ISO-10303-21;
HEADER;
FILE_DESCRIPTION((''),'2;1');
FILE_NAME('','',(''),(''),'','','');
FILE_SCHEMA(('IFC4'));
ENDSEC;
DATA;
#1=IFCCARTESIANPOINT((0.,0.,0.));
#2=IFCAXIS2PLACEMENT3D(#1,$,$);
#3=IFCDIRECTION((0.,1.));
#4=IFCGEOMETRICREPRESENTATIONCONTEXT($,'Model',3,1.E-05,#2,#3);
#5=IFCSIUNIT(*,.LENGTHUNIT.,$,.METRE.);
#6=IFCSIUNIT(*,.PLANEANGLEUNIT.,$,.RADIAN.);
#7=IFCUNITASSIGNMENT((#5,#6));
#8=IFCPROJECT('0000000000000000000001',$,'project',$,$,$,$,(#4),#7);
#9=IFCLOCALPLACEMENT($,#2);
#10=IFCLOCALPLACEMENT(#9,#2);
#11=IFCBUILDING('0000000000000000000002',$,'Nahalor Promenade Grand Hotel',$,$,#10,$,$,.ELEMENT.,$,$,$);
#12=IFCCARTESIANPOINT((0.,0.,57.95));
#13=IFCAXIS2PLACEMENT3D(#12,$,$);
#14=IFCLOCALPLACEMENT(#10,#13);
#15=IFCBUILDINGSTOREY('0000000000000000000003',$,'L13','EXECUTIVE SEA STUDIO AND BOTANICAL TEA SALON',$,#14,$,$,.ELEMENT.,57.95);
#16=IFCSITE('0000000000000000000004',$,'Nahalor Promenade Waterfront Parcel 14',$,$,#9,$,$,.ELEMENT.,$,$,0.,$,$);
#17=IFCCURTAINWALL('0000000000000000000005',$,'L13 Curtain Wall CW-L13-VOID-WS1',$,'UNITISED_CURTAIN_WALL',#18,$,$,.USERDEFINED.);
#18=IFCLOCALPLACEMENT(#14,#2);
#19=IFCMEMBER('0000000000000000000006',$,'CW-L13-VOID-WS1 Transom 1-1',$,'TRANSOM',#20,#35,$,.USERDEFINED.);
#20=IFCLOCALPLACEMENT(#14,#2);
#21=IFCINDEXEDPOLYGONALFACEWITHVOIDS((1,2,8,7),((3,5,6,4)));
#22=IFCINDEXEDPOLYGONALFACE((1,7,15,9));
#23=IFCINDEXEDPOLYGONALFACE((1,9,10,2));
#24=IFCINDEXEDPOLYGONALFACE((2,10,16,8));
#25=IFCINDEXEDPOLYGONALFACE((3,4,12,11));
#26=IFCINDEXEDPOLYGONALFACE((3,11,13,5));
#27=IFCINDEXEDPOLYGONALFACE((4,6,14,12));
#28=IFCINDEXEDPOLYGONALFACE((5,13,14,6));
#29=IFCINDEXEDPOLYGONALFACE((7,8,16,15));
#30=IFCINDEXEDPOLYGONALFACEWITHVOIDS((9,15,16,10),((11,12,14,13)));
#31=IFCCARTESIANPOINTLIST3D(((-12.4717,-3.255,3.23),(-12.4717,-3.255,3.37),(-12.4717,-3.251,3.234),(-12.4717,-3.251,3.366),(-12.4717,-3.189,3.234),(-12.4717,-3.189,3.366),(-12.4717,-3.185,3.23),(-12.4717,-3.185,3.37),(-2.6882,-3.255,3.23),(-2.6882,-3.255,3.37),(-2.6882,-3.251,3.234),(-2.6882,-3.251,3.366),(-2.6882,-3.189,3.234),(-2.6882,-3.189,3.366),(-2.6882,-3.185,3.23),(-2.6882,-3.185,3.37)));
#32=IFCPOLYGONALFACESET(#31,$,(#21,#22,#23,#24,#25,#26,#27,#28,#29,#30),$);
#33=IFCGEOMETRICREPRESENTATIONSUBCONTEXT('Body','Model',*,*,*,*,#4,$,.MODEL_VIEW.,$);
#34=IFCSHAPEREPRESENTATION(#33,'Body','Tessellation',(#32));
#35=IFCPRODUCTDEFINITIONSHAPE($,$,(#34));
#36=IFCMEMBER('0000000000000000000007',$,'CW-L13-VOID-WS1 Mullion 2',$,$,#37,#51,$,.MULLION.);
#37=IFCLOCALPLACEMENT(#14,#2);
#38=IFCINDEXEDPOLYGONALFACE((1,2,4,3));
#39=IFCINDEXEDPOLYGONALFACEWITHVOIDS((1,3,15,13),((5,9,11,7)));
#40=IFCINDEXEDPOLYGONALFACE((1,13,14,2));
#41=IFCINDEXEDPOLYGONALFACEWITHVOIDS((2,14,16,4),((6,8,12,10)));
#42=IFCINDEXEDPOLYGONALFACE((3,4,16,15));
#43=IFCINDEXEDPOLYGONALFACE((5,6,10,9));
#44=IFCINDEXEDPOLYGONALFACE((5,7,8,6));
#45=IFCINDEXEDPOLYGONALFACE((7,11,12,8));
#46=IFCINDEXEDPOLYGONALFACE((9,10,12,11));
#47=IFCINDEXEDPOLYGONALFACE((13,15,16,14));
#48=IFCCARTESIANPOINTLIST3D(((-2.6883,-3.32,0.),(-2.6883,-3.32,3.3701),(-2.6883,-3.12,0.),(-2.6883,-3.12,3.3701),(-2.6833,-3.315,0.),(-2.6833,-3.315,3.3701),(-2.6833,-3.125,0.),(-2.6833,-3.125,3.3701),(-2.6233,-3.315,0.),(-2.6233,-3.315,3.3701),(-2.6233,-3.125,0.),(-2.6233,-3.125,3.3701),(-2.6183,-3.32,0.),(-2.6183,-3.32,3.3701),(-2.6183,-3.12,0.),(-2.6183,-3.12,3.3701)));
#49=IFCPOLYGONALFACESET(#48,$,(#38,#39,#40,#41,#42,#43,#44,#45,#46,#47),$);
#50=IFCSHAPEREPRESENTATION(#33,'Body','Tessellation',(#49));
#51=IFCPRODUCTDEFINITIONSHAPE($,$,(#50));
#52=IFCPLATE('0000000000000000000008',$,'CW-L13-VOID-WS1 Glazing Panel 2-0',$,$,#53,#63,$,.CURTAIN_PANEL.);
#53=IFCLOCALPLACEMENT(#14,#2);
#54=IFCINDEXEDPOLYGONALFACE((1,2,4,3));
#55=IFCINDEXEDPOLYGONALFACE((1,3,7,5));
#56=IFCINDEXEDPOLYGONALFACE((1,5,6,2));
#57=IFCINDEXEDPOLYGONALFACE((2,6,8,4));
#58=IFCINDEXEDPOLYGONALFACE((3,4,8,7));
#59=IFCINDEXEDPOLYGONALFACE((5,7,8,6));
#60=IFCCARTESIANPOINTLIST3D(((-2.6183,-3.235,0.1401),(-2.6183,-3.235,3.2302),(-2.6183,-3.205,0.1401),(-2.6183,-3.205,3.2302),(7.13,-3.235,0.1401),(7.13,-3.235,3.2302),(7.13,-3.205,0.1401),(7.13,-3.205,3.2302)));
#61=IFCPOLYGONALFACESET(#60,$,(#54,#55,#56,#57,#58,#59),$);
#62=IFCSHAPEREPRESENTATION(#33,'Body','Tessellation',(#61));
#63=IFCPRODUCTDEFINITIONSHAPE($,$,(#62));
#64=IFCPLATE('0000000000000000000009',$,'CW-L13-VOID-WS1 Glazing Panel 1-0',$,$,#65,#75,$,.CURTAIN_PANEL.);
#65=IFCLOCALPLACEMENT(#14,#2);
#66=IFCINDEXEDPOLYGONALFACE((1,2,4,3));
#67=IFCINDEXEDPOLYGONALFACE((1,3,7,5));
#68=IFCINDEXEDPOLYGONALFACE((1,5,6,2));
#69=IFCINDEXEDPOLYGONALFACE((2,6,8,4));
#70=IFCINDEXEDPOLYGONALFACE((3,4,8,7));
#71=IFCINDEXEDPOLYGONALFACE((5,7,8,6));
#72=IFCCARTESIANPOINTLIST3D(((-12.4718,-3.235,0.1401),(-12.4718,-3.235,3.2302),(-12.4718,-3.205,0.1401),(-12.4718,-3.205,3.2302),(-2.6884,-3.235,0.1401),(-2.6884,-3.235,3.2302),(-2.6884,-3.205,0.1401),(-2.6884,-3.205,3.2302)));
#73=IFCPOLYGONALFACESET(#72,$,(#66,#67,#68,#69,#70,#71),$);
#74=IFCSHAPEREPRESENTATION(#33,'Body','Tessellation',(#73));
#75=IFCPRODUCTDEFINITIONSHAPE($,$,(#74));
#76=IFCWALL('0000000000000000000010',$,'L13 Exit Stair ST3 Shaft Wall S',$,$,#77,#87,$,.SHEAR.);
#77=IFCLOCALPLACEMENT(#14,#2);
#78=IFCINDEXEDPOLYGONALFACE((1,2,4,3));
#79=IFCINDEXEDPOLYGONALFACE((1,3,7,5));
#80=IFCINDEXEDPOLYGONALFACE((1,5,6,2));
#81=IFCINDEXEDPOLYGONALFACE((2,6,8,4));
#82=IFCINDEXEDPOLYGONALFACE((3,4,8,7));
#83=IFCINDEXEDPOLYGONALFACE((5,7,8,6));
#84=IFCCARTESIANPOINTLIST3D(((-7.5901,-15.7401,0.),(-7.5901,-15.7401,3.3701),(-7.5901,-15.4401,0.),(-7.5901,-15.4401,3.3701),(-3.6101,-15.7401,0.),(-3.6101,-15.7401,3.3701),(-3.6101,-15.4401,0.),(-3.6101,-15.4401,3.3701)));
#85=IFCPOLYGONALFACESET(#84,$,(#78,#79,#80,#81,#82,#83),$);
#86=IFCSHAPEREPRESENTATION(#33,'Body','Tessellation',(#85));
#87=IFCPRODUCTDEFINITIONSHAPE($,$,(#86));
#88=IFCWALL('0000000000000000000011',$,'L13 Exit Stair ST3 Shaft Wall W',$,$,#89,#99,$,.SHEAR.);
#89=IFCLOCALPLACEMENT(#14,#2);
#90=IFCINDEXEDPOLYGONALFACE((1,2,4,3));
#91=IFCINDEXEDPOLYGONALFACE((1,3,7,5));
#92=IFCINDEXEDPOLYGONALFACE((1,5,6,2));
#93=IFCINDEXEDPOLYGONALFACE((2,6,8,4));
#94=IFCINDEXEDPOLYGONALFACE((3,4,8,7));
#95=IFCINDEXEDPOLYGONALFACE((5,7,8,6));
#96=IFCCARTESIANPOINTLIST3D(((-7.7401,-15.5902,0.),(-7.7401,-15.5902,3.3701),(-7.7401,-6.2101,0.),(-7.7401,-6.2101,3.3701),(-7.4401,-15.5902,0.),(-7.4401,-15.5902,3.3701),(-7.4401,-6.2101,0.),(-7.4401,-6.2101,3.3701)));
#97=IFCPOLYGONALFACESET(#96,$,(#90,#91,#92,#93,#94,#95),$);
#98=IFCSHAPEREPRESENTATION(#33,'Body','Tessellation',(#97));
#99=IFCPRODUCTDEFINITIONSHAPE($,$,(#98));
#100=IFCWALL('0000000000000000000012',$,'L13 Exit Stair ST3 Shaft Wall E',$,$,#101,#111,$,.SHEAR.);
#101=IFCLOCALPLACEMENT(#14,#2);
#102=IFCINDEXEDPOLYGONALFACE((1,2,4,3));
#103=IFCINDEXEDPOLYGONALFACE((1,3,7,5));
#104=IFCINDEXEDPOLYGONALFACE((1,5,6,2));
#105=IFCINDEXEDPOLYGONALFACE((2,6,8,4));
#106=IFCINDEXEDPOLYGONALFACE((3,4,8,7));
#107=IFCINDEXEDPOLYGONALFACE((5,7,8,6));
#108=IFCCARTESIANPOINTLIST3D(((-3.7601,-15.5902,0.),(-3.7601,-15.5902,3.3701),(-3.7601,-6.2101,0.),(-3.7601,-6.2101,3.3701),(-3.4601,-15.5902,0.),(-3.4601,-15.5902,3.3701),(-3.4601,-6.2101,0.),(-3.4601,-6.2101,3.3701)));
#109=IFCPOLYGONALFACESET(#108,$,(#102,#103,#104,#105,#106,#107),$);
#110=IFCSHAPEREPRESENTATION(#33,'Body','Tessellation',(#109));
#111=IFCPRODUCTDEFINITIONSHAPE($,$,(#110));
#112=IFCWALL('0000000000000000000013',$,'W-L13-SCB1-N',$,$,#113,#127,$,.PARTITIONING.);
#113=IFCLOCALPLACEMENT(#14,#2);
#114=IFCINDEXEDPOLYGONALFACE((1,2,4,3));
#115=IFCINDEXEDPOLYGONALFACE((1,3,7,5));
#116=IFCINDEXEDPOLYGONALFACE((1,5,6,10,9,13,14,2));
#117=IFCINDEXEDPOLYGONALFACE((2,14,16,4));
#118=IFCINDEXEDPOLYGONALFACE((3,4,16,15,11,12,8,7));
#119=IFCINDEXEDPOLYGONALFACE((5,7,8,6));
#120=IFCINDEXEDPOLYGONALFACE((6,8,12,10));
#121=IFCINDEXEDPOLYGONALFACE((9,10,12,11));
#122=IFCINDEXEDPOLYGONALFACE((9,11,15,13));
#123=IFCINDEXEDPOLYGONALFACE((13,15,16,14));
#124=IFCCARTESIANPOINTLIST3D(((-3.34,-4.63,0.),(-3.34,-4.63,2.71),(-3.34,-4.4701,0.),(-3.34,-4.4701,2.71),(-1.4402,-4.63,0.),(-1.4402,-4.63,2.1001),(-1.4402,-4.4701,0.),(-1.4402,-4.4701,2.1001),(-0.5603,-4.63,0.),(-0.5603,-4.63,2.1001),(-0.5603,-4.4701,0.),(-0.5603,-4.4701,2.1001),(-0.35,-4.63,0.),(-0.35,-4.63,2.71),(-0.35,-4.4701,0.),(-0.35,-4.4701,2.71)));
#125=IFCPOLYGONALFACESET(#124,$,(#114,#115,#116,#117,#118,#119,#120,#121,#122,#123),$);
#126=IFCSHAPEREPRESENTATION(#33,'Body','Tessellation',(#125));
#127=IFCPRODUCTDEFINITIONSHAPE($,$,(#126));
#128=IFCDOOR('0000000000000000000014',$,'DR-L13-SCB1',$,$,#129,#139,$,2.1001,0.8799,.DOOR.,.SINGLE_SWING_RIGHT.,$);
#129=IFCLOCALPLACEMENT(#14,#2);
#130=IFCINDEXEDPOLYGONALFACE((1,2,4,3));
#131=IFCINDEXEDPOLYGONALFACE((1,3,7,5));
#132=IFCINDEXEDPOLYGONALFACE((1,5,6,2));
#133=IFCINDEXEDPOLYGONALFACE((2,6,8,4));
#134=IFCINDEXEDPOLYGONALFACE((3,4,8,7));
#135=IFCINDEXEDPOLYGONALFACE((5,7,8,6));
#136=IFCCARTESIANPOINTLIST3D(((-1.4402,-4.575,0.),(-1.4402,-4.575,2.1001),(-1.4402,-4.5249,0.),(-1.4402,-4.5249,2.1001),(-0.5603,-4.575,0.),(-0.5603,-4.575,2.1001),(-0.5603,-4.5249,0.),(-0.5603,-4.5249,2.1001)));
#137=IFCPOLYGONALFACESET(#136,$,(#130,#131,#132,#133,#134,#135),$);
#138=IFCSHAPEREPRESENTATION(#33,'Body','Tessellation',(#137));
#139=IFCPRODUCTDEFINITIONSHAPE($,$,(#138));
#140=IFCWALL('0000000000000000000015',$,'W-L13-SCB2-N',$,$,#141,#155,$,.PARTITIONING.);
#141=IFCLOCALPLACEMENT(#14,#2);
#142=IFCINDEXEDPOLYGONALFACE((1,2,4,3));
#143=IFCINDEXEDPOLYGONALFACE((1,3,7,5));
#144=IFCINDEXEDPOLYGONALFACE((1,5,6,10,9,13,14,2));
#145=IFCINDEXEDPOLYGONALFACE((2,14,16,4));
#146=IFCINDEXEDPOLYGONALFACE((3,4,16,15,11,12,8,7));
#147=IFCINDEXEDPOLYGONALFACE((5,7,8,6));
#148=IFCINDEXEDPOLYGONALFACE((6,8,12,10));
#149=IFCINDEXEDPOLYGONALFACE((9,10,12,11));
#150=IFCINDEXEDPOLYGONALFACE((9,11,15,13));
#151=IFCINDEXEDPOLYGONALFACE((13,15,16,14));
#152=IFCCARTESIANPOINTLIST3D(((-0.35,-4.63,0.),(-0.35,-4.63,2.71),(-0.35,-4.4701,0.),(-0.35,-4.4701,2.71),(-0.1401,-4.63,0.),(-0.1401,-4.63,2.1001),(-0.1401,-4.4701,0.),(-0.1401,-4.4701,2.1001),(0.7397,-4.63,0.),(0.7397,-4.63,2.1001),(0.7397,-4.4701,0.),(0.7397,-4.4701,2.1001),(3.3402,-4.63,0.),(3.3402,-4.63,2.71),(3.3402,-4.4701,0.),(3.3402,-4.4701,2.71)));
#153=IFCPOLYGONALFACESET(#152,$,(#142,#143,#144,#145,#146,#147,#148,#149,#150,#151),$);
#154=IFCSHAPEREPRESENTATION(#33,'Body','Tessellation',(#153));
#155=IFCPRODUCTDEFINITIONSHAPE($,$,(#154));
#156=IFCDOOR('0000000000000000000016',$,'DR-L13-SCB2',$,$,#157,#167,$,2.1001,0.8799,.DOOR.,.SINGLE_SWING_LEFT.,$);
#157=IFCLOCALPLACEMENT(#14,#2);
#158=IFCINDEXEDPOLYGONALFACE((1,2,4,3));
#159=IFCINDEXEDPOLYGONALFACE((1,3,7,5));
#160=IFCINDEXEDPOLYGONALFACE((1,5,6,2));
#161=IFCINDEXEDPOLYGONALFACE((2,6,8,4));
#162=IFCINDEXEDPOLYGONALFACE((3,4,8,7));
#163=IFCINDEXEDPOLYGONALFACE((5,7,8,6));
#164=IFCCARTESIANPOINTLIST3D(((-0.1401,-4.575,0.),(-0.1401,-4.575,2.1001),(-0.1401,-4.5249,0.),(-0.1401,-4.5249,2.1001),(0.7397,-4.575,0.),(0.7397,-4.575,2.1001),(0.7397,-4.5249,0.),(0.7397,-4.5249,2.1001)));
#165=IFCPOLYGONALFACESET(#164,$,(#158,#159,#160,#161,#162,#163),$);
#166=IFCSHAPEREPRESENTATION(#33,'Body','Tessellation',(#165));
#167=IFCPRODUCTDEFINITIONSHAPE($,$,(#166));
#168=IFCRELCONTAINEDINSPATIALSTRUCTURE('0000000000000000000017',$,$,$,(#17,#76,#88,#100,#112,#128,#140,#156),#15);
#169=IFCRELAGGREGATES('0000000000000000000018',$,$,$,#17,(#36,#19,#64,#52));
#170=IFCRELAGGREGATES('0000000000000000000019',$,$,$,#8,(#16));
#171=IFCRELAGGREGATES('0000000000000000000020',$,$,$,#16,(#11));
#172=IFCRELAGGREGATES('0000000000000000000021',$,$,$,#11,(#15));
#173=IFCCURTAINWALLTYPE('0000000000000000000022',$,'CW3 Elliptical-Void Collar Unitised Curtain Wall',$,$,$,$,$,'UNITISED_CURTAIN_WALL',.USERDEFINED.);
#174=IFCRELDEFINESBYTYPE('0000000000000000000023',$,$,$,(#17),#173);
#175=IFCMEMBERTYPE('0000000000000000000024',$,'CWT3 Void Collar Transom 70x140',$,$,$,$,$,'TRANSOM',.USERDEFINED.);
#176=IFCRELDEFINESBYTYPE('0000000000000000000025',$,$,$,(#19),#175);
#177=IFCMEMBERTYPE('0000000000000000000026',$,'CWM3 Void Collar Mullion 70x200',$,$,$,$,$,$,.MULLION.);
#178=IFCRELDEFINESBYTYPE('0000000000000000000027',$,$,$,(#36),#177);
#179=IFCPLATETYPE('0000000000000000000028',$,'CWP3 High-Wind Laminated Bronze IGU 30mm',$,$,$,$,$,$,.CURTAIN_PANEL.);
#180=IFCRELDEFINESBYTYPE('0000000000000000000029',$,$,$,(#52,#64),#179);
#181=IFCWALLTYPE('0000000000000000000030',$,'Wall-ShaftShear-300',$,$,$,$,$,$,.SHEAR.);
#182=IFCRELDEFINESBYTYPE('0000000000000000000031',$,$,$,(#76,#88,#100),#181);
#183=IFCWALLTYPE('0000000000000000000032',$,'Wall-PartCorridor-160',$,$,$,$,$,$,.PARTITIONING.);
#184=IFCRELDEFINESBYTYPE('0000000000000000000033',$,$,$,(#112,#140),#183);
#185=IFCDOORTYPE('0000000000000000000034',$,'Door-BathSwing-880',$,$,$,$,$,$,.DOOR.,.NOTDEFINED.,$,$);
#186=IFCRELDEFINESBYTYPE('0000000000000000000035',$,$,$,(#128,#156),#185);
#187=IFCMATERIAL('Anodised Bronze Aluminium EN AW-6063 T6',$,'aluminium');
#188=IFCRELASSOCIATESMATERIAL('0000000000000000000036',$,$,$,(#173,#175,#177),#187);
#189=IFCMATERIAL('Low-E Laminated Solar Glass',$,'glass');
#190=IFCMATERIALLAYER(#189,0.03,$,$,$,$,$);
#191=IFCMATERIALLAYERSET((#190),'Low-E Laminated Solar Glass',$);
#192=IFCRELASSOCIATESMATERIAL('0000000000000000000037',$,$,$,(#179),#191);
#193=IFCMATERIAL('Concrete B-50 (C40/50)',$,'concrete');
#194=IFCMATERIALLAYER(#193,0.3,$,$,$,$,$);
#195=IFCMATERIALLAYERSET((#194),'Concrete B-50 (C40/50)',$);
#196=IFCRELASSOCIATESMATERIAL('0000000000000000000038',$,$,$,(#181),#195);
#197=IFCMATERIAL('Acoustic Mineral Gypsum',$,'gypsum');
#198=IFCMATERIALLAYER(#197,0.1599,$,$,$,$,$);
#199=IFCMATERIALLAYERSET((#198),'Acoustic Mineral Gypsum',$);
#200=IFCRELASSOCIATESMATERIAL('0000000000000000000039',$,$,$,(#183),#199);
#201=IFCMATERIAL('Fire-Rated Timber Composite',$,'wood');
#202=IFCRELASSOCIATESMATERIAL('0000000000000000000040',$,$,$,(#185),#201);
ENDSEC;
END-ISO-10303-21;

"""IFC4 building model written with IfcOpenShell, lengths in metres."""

from ifc_helpers import new_model, si_unit, direction, frame, frame_2d, origin, origin_2d, place, context, subcontext, project, spatial, rectangle, hollow_rectangle, extrude, source, transform, mapped, material, layer, layer_set, material_profile, profile_set, type_object, element, fill, aggregate, save


model = new_model("IFC4")

# Units and contexts
model_context = context("Model", 3, precision=1e-05, world=origin(), true_north=direction((0.0, 1.0)))
body_context = subcontext(model_context, "Body", "Model", "MODEL_VIEW")
ifc_project = project(units=[si_unit("LENGTHUNIT", "METRE"), si_unit("PLANEANGLEUNIT", "RADIAN")], contexts=[model_context])

# Site, building, storey
site_placement = place(None, origin())
site = spatial("IfcSite", under=ifc_project, at=site_placement, Name="Nahalor Promenade Waterfront Parcel 14", CompositionType="ELEMENT", RefElevation=0.0)
building_placement = place(site_placement, origin())
building = spatial("IfcBuilding", under=site, at=building_placement, Name="Nahalor Promenade Grand Hotel", CompositionType="ELEMENT")
storey_placement = place(building_placement, frame((0.0, 0.0, 57.95)))
storey = spatial("IfcBuildingStorey", under=building, at=storey_placement, Name="L13", Description="EXECUTIVE SEA STUDIO AND BOTANICAL TEA SALON", CompositionType="ELEMENT", Elevation=57.95)

# Curtain wall, members, plates
ifc_material_1 = material(Name="Anodised Bronze Aluminium EN AW-6063 T6", Category="aluminium")
curtain_wall_type = type_object("IfcCurtainWallType", Name="CW3 Elliptical-Void Collar Unitised Curtain Wall", ElementType="UNITISED_CURTAIN_WALL", PredefinedType="USERDEFINED", material=ifc_material_1)
curtain_wall_placement = place(storey_placement, origin())
curtain_wall = element("IfcCurtainWall", 1, at=curtain_wall_placement, inside=storey, type_object=curtain_wall_type, Name="L13 Curtain Wall CW-L13-VOID-WS1", ObjectType="UNITISED_CURTAIN_WALL", PredefinedType="USERDEFINED")
ifc_material_profile_1 = material_profile(ifc_material_1, hollow_rectangle(XDim=0.07, YDim=0.14, WallThickness=0.004, at=origin_2d()), Name="CWT 70x140x4")
ifc_profile_set_1 = profile_set([ifc_material_profile_1], Name="Anodised Bronze Aluminium EN AW-6063 T6")
member_type_1 = type_object("IfcMemberType", Name="CWT3 Void Collar Transom 70x140", ElementType="TRANSOM", PredefinedType="USERDEFINED", material=ifc_profile_set_1)
shared_shape_1 = source(origin(), body_context, "Body", "SweptSolid", [
    extrude(hollow_rectangle(XDim=0.07, YDim=0.14, WallThickness=0.004, at=origin_2d()), origin(), (0.0, 0.0, 1.0), 9.7834),
])
member_1_placement = place(storey_placement, frame((-12.4717, -3.22, 3.3), z_axis=(1.0, 0.0, 0.0), x_axis=(0.0, 1.0, 0.0)))
member_1 = element("IfcMember", 2, at=member_1_placement, type_object=member_type_1, Name="CW-L13-VOID-WS1 Transom 1-1", ObjectType="TRANSOM", PredefinedType="USERDEFINED", context=body_context, shape_type="MappedRepresentation", body=[
    mapped(shared_shape_1, transform((0.0, 0.0, 0.0), scale=1.0)),
])
ifc_material_profile_2 = material_profile(ifc_material_1, hollow_rectangle(XDim=0.07, YDim=0.2, WallThickness=0.005, at=origin_2d()), Name="CWM 70x200x5")
ifc_profile_set_2 = profile_set([ifc_material_profile_2], Name="Anodised Bronze Aluminium EN AW-6063 T6")
member_type_2 = type_object("IfcMemberType", Name="CWM3 Void Collar Mullion 70x200", PredefinedType="MULLION", material=ifc_profile_set_2)
shared_shape_2 = source(origin(), body_context, "Body", "SweptSolid", [
    extrude(hollow_rectangle(XDim=0.07, YDim=0.2, WallThickness=0.005, at=origin_2d()), origin(), (0.0, 0.0, 1.0), 3.3701),
])
member_2_placement = place(storey_placement, frame((-2.6533, -3.22, 0.0), z_axis=(0.0, 0.0, 1.0), x_axis=(1.0, 0.0, 0.0)))
member_2 = element("IfcMember", 3, at=member_2_placement, type_object=member_type_2, Name="CW-L13-VOID-WS1 Mullion 2", PredefinedType="MULLION", context=body_context, shape_type="MappedRepresentation", body=[
    mapped(shared_shape_2, transform((0.0, 0.0, 0.0), scale=1.0)),
])
ifc_material_2 = material(Name="Low-E Laminated Solar Glass", Category="glass")
ifc_layer_1 = layer(ifc_material_2, 0.03)
ifc_layer_set_1 = layer_set([ifc_layer_1], Name="Low-E Laminated Solar Glass")
plate_type = type_object("IfcPlateType", Name="CWP3 High-Wind Laminated Bronze IGU 30mm", PredefinedType="CURTAIN_PANEL", material=ifc_layer_set_1)
shared_shape_3 = source(origin(), body_context, "Body", "SweptSolid", [
    extrude(rectangle(XDim=9.7483, YDim=0.03, at=origin_2d()), origin(), (0.0, 0.0, 1.0), 3.0901),
])
plate_1_placement = place(storey_placement, frame((2.2559, -3.22, 0.1401), z_axis=(0.0, 0.0, 1.0), x_axis=(1.0, 0.0, 0.0)))
plate_1 = element("IfcPlate", 4, at=plate_1_placement, type_object=plate_type, Name="CW-L13-VOID-WS1 Glazing Panel 2-0", PredefinedType="CURTAIN_PANEL", context=body_context, shape_type="MappedRepresentation", body=[
    mapped(shared_shape_3, transform((0.0, 0.0, 0.0), scale=1.0)),
])
shared_shape_4 = source(origin(), body_context, "Body", "SweptSolid", [
    extrude(rectangle(XDim=9.7834, YDim=0.03, at=origin_2d()), origin(), (0.0, 0.0, 1.0), 3.0901),
])
plate_2_placement = place(storey_placement, frame((-7.5801, -3.22, 0.1401), z_axis=(0.0, 0.0, 1.0), x_axis=(1.0, 0.0, 0.0)))
plate_2 = element("IfcPlate", 5, at=plate_2_placement, type_object=plate_type, Name="CW-L13-VOID-WS1 Glazing Panel 1-0", PredefinedType="CURTAIN_PANEL", context=body_context, shape_type="MappedRepresentation", body=[
    mapped(shared_shape_4, transform((0.0, 0.0, 0.0), scale=1.0)),
])
aggregate(curtain_wall, [member_2, member_1, plate_2, plate_1])

# Wall
ifc_material_3 = material(Name="Concrete B-50 (C40/50)", Category="concrete")
ifc_layer_2 = layer(ifc_material_3, 0.3)
ifc_layer_set_2 = layer_set([ifc_layer_2], Name="Concrete B-50 (C40/50)")
wall_type_1 = type_object("IfcWallType", Name="Wall-ShaftShear-300", PredefinedType="SHEAR", material=ifc_layer_set_2)
shared_shape_5 = source(origin(), body_context, "Body", "SweptSolid", [
    extrude(rectangle(XDim=3.98, YDim=0.3, at=frame_2d((1.99, 0.0))), origin(), (0.0, 0.0, 1.0), 3.3701),
])
wall_1_placement = place(storey_placement, frame((-7.5901, -15.5901, 0.0), z_axis=(0.0, 0.0, 1.0), x_axis=(1.0, 0.0, 0.0)))
element("IfcWall", 6, at=wall_1_placement, inside=storey, type_object=wall_type_1, Name="L13 Exit Stair ST3 Shaft Wall S", PredefinedType="SHEAR", context=body_context, shape_type="MappedRepresentation", body=[
    mapped(shared_shape_5, transform((0.0, 0.0, 0.0), scale=1.0)),
])

# Walls
shared_shape_6 = source(origin(), body_context, "Body", "SweptSolid", [
    extrude(rectangle(XDim=9.3801, YDim=0.3, at=frame_2d((4.6899, 0.0))), origin(), (0.0, 0.0, 1.0), 3.3701),
])
for number, where, z_axis, x_axis, name in (
    (7, (-7.5901, -15.5901, 0.0), (0.0, 0.0, 1.0), (0.0, 1.0, 0.0), "L13 Exit Stair ST3 Shaft Wall W"),
    (8, (-3.6101, -15.5901, 0.0), (0.0, 0.0, 1.0), (0.0, 1.0, 0.0), "L13 Exit Stair ST3 Shaft Wall E"),
):
    element("IfcWall", number, at=place(storey_placement, frame(where, z_axis=z_axis, x_axis=x_axis)), inside=storey, type_object=wall_type_1, Name=name, PredefinedType="SHEAR", context=body_context, shape_type="MappedRepresentation", body=[
        mapped(shared_shape_6, transform((0.0, 0.0, 0.0), scale=1.0)),
    ])

# Walls, openings, doors
ifc_material_4 = material(Name="Acoustic Mineral Gypsum", Category="gypsum")
ifc_layer_3 = layer(ifc_material_4, 0.1599)
ifc_layer_set_3 = layer_set([ifc_layer_3], Name="Acoustic Mineral Gypsum")
wall_type_2 = type_object("IfcWallType", Name="Wall-PartCorridor-160", PredefinedType="PARTITIONING", material=ifc_layer_set_3)
shared_shape_7 = source(origin(), body_context, "Body", "SweptSolid", [
    extrude(rectangle(XDim=2.99, YDim=0.1599, at=frame_2d((1.4951, 0.0))), origin(), (0.0, 0.0, 1.0), 2.71),
])
wall_2_placement = place(storey_placement, frame((-3.3401, -4.55, 0.0), z_axis=(0.0, 0.0, 1.0), x_axis=(1.0, 0.0, 0.0)))
wall_2 = element("IfcWall", 9, at=wall_2_placement, inside=storey, type_object=wall_type_2, Name="W-L13-SCB1-N", PredefinedType="PARTITIONING", context=body_context, shape_type="MappedRepresentation", body=[
    mapped(shared_shape_7, transform((0.0, 0.0, 0.0), scale=1.0)),
])
opening_1_placement = place(wall_2_placement, frame((1.8999, 0.0, 0.0)))
opening_1 = element("IfcOpeningElement", 10, at=opening_1_placement, cuts=wall_2, PredefinedType="OPENING", context=body_context, shape_type="SweptSolid", body=[
    extrude(rectangle(XDim=0.8799, YDim=2.1001, at=frame_2d((0.4399, 1.05))), frame((0.0, 0.0898, 0.0), z_axis=(0.0, -1.0, 0.0), x_axis=(1.0, 0.0, 0.0)), (0.0, 0.0, 1.0), 0.1799),
])
ifc_material_5 = material(Name="Fire-Rated Timber Composite", Category="wood")
door_type_1 = type_object("IfcDoorType", Name="Door-BathSwing-880", OperationType="NOTDEFINED", PredefinedType="DOOR", material=ifc_material_5)
shared_shape_8 = source(origin(), body_context, "Body", "SweptSolid", [
    extrude(rectangle(XDim=0.8799, YDim=2.1001, at=frame_2d((0.4399, 1.05))), frame((0.0, 0.0249, 0.0), z_axis=(0.0, -1.0, 0.0), x_axis=(1.0, 0.0, 0.0)), (0.0, 0.0, 1.0), 0.05),
])
door_1_placement = place(opening_1_placement, frame((0.8799, 0.0, 0.0), z_axis=(0.0, 0.0, 1.0), x_axis=(-1.0, 0.0, 0.0)))
door_1 = element("IfcDoor", 11, at=door_1_placement, inside=storey, type_object=door_type_1, Name="DR-L13-SCB1", OperationType="SINGLE_SWING_RIGHT", OverallHeight=2.1001, OverallWidth=0.8799, PredefinedType="DOOR", context=body_context, shape_type="MappedRepresentation", body=[
    mapped(shared_shape_8, transform((0.0, 0.0, 0.0), scale=1.0)),
])
fill(opening_1, door_1)
shared_shape_9 = source(origin(), body_context, "Body", "SweptSolid", [
    extrude(rectangle(XDim=3.6902, YDim=0.1599, at=frame_2d((1.8452, 0.0))), origin(), (0.0, 0.0, 1.0), 2.71),
])
wall_3_placement = place(storey_placement, frame((-0.3501, -4.55, 0.0), z_axis=(0.0, 0.0, 1.0), x_axis=(1.0, 0.0, 0.0)))
wall_3 = element("IfcWall", 12, at=wall_3_placement, inside=storey, type_object=wall_type_2, Name="W-L13-SCB2-N", PredefinedType="PARTITIONING", context=body_context, shape_type="MappedRepresentation", body=[
    mapped(shared_shape_9, transform((0.0, 0.0, 0.0), scale=1.0)),
])
opening_2_placement = place(wall_3_placement, frame((0.21, 0.0, 0.0)))
opening_2 = element("IfcOpeningElement", 13, at=opening_2_placement, cuts=wall_3, PredefinedType="OPENING", context=body_context, shape_type="SweptSolid", body=[
    extrude(rectangle(XDim=0.8799, YDim=2.1001, at=frame_2d((0.4399, 1.05))), frame((0.0, 0.0898, 0.0), z_axis=(0.0, -1.0, 0.0), x_axis=(1.0, 0.0, 0.0)), (0.0, 0.0, 1.0), 0.1799),
])
door_2_placement = place(opening_2_placement, frame((0.8799, 0.0, 0.0), z_axis=(0.0, 0.0, 1.0), x_axis=(-1.0, 0.0, 0.0)))
door_2 = element("IfcDoor", 14, at=door_2_placement, inside=storey, type_object=door_type_1, Name="DR-L13-SCB2", OperationType="SINGLE_SWING_LEFT", OverallHeight=2.1001, OverallWidth=0.8799, PredefinedType="DOOR", context=body_context, shape_type="MappedRepresentation", body=[
    mapped(shared_shape_8, transform((0.0, 0.0, 0.0), scale=1.0)),
])
fill(opening_2, door_2)

save(model, "model.ifc")
